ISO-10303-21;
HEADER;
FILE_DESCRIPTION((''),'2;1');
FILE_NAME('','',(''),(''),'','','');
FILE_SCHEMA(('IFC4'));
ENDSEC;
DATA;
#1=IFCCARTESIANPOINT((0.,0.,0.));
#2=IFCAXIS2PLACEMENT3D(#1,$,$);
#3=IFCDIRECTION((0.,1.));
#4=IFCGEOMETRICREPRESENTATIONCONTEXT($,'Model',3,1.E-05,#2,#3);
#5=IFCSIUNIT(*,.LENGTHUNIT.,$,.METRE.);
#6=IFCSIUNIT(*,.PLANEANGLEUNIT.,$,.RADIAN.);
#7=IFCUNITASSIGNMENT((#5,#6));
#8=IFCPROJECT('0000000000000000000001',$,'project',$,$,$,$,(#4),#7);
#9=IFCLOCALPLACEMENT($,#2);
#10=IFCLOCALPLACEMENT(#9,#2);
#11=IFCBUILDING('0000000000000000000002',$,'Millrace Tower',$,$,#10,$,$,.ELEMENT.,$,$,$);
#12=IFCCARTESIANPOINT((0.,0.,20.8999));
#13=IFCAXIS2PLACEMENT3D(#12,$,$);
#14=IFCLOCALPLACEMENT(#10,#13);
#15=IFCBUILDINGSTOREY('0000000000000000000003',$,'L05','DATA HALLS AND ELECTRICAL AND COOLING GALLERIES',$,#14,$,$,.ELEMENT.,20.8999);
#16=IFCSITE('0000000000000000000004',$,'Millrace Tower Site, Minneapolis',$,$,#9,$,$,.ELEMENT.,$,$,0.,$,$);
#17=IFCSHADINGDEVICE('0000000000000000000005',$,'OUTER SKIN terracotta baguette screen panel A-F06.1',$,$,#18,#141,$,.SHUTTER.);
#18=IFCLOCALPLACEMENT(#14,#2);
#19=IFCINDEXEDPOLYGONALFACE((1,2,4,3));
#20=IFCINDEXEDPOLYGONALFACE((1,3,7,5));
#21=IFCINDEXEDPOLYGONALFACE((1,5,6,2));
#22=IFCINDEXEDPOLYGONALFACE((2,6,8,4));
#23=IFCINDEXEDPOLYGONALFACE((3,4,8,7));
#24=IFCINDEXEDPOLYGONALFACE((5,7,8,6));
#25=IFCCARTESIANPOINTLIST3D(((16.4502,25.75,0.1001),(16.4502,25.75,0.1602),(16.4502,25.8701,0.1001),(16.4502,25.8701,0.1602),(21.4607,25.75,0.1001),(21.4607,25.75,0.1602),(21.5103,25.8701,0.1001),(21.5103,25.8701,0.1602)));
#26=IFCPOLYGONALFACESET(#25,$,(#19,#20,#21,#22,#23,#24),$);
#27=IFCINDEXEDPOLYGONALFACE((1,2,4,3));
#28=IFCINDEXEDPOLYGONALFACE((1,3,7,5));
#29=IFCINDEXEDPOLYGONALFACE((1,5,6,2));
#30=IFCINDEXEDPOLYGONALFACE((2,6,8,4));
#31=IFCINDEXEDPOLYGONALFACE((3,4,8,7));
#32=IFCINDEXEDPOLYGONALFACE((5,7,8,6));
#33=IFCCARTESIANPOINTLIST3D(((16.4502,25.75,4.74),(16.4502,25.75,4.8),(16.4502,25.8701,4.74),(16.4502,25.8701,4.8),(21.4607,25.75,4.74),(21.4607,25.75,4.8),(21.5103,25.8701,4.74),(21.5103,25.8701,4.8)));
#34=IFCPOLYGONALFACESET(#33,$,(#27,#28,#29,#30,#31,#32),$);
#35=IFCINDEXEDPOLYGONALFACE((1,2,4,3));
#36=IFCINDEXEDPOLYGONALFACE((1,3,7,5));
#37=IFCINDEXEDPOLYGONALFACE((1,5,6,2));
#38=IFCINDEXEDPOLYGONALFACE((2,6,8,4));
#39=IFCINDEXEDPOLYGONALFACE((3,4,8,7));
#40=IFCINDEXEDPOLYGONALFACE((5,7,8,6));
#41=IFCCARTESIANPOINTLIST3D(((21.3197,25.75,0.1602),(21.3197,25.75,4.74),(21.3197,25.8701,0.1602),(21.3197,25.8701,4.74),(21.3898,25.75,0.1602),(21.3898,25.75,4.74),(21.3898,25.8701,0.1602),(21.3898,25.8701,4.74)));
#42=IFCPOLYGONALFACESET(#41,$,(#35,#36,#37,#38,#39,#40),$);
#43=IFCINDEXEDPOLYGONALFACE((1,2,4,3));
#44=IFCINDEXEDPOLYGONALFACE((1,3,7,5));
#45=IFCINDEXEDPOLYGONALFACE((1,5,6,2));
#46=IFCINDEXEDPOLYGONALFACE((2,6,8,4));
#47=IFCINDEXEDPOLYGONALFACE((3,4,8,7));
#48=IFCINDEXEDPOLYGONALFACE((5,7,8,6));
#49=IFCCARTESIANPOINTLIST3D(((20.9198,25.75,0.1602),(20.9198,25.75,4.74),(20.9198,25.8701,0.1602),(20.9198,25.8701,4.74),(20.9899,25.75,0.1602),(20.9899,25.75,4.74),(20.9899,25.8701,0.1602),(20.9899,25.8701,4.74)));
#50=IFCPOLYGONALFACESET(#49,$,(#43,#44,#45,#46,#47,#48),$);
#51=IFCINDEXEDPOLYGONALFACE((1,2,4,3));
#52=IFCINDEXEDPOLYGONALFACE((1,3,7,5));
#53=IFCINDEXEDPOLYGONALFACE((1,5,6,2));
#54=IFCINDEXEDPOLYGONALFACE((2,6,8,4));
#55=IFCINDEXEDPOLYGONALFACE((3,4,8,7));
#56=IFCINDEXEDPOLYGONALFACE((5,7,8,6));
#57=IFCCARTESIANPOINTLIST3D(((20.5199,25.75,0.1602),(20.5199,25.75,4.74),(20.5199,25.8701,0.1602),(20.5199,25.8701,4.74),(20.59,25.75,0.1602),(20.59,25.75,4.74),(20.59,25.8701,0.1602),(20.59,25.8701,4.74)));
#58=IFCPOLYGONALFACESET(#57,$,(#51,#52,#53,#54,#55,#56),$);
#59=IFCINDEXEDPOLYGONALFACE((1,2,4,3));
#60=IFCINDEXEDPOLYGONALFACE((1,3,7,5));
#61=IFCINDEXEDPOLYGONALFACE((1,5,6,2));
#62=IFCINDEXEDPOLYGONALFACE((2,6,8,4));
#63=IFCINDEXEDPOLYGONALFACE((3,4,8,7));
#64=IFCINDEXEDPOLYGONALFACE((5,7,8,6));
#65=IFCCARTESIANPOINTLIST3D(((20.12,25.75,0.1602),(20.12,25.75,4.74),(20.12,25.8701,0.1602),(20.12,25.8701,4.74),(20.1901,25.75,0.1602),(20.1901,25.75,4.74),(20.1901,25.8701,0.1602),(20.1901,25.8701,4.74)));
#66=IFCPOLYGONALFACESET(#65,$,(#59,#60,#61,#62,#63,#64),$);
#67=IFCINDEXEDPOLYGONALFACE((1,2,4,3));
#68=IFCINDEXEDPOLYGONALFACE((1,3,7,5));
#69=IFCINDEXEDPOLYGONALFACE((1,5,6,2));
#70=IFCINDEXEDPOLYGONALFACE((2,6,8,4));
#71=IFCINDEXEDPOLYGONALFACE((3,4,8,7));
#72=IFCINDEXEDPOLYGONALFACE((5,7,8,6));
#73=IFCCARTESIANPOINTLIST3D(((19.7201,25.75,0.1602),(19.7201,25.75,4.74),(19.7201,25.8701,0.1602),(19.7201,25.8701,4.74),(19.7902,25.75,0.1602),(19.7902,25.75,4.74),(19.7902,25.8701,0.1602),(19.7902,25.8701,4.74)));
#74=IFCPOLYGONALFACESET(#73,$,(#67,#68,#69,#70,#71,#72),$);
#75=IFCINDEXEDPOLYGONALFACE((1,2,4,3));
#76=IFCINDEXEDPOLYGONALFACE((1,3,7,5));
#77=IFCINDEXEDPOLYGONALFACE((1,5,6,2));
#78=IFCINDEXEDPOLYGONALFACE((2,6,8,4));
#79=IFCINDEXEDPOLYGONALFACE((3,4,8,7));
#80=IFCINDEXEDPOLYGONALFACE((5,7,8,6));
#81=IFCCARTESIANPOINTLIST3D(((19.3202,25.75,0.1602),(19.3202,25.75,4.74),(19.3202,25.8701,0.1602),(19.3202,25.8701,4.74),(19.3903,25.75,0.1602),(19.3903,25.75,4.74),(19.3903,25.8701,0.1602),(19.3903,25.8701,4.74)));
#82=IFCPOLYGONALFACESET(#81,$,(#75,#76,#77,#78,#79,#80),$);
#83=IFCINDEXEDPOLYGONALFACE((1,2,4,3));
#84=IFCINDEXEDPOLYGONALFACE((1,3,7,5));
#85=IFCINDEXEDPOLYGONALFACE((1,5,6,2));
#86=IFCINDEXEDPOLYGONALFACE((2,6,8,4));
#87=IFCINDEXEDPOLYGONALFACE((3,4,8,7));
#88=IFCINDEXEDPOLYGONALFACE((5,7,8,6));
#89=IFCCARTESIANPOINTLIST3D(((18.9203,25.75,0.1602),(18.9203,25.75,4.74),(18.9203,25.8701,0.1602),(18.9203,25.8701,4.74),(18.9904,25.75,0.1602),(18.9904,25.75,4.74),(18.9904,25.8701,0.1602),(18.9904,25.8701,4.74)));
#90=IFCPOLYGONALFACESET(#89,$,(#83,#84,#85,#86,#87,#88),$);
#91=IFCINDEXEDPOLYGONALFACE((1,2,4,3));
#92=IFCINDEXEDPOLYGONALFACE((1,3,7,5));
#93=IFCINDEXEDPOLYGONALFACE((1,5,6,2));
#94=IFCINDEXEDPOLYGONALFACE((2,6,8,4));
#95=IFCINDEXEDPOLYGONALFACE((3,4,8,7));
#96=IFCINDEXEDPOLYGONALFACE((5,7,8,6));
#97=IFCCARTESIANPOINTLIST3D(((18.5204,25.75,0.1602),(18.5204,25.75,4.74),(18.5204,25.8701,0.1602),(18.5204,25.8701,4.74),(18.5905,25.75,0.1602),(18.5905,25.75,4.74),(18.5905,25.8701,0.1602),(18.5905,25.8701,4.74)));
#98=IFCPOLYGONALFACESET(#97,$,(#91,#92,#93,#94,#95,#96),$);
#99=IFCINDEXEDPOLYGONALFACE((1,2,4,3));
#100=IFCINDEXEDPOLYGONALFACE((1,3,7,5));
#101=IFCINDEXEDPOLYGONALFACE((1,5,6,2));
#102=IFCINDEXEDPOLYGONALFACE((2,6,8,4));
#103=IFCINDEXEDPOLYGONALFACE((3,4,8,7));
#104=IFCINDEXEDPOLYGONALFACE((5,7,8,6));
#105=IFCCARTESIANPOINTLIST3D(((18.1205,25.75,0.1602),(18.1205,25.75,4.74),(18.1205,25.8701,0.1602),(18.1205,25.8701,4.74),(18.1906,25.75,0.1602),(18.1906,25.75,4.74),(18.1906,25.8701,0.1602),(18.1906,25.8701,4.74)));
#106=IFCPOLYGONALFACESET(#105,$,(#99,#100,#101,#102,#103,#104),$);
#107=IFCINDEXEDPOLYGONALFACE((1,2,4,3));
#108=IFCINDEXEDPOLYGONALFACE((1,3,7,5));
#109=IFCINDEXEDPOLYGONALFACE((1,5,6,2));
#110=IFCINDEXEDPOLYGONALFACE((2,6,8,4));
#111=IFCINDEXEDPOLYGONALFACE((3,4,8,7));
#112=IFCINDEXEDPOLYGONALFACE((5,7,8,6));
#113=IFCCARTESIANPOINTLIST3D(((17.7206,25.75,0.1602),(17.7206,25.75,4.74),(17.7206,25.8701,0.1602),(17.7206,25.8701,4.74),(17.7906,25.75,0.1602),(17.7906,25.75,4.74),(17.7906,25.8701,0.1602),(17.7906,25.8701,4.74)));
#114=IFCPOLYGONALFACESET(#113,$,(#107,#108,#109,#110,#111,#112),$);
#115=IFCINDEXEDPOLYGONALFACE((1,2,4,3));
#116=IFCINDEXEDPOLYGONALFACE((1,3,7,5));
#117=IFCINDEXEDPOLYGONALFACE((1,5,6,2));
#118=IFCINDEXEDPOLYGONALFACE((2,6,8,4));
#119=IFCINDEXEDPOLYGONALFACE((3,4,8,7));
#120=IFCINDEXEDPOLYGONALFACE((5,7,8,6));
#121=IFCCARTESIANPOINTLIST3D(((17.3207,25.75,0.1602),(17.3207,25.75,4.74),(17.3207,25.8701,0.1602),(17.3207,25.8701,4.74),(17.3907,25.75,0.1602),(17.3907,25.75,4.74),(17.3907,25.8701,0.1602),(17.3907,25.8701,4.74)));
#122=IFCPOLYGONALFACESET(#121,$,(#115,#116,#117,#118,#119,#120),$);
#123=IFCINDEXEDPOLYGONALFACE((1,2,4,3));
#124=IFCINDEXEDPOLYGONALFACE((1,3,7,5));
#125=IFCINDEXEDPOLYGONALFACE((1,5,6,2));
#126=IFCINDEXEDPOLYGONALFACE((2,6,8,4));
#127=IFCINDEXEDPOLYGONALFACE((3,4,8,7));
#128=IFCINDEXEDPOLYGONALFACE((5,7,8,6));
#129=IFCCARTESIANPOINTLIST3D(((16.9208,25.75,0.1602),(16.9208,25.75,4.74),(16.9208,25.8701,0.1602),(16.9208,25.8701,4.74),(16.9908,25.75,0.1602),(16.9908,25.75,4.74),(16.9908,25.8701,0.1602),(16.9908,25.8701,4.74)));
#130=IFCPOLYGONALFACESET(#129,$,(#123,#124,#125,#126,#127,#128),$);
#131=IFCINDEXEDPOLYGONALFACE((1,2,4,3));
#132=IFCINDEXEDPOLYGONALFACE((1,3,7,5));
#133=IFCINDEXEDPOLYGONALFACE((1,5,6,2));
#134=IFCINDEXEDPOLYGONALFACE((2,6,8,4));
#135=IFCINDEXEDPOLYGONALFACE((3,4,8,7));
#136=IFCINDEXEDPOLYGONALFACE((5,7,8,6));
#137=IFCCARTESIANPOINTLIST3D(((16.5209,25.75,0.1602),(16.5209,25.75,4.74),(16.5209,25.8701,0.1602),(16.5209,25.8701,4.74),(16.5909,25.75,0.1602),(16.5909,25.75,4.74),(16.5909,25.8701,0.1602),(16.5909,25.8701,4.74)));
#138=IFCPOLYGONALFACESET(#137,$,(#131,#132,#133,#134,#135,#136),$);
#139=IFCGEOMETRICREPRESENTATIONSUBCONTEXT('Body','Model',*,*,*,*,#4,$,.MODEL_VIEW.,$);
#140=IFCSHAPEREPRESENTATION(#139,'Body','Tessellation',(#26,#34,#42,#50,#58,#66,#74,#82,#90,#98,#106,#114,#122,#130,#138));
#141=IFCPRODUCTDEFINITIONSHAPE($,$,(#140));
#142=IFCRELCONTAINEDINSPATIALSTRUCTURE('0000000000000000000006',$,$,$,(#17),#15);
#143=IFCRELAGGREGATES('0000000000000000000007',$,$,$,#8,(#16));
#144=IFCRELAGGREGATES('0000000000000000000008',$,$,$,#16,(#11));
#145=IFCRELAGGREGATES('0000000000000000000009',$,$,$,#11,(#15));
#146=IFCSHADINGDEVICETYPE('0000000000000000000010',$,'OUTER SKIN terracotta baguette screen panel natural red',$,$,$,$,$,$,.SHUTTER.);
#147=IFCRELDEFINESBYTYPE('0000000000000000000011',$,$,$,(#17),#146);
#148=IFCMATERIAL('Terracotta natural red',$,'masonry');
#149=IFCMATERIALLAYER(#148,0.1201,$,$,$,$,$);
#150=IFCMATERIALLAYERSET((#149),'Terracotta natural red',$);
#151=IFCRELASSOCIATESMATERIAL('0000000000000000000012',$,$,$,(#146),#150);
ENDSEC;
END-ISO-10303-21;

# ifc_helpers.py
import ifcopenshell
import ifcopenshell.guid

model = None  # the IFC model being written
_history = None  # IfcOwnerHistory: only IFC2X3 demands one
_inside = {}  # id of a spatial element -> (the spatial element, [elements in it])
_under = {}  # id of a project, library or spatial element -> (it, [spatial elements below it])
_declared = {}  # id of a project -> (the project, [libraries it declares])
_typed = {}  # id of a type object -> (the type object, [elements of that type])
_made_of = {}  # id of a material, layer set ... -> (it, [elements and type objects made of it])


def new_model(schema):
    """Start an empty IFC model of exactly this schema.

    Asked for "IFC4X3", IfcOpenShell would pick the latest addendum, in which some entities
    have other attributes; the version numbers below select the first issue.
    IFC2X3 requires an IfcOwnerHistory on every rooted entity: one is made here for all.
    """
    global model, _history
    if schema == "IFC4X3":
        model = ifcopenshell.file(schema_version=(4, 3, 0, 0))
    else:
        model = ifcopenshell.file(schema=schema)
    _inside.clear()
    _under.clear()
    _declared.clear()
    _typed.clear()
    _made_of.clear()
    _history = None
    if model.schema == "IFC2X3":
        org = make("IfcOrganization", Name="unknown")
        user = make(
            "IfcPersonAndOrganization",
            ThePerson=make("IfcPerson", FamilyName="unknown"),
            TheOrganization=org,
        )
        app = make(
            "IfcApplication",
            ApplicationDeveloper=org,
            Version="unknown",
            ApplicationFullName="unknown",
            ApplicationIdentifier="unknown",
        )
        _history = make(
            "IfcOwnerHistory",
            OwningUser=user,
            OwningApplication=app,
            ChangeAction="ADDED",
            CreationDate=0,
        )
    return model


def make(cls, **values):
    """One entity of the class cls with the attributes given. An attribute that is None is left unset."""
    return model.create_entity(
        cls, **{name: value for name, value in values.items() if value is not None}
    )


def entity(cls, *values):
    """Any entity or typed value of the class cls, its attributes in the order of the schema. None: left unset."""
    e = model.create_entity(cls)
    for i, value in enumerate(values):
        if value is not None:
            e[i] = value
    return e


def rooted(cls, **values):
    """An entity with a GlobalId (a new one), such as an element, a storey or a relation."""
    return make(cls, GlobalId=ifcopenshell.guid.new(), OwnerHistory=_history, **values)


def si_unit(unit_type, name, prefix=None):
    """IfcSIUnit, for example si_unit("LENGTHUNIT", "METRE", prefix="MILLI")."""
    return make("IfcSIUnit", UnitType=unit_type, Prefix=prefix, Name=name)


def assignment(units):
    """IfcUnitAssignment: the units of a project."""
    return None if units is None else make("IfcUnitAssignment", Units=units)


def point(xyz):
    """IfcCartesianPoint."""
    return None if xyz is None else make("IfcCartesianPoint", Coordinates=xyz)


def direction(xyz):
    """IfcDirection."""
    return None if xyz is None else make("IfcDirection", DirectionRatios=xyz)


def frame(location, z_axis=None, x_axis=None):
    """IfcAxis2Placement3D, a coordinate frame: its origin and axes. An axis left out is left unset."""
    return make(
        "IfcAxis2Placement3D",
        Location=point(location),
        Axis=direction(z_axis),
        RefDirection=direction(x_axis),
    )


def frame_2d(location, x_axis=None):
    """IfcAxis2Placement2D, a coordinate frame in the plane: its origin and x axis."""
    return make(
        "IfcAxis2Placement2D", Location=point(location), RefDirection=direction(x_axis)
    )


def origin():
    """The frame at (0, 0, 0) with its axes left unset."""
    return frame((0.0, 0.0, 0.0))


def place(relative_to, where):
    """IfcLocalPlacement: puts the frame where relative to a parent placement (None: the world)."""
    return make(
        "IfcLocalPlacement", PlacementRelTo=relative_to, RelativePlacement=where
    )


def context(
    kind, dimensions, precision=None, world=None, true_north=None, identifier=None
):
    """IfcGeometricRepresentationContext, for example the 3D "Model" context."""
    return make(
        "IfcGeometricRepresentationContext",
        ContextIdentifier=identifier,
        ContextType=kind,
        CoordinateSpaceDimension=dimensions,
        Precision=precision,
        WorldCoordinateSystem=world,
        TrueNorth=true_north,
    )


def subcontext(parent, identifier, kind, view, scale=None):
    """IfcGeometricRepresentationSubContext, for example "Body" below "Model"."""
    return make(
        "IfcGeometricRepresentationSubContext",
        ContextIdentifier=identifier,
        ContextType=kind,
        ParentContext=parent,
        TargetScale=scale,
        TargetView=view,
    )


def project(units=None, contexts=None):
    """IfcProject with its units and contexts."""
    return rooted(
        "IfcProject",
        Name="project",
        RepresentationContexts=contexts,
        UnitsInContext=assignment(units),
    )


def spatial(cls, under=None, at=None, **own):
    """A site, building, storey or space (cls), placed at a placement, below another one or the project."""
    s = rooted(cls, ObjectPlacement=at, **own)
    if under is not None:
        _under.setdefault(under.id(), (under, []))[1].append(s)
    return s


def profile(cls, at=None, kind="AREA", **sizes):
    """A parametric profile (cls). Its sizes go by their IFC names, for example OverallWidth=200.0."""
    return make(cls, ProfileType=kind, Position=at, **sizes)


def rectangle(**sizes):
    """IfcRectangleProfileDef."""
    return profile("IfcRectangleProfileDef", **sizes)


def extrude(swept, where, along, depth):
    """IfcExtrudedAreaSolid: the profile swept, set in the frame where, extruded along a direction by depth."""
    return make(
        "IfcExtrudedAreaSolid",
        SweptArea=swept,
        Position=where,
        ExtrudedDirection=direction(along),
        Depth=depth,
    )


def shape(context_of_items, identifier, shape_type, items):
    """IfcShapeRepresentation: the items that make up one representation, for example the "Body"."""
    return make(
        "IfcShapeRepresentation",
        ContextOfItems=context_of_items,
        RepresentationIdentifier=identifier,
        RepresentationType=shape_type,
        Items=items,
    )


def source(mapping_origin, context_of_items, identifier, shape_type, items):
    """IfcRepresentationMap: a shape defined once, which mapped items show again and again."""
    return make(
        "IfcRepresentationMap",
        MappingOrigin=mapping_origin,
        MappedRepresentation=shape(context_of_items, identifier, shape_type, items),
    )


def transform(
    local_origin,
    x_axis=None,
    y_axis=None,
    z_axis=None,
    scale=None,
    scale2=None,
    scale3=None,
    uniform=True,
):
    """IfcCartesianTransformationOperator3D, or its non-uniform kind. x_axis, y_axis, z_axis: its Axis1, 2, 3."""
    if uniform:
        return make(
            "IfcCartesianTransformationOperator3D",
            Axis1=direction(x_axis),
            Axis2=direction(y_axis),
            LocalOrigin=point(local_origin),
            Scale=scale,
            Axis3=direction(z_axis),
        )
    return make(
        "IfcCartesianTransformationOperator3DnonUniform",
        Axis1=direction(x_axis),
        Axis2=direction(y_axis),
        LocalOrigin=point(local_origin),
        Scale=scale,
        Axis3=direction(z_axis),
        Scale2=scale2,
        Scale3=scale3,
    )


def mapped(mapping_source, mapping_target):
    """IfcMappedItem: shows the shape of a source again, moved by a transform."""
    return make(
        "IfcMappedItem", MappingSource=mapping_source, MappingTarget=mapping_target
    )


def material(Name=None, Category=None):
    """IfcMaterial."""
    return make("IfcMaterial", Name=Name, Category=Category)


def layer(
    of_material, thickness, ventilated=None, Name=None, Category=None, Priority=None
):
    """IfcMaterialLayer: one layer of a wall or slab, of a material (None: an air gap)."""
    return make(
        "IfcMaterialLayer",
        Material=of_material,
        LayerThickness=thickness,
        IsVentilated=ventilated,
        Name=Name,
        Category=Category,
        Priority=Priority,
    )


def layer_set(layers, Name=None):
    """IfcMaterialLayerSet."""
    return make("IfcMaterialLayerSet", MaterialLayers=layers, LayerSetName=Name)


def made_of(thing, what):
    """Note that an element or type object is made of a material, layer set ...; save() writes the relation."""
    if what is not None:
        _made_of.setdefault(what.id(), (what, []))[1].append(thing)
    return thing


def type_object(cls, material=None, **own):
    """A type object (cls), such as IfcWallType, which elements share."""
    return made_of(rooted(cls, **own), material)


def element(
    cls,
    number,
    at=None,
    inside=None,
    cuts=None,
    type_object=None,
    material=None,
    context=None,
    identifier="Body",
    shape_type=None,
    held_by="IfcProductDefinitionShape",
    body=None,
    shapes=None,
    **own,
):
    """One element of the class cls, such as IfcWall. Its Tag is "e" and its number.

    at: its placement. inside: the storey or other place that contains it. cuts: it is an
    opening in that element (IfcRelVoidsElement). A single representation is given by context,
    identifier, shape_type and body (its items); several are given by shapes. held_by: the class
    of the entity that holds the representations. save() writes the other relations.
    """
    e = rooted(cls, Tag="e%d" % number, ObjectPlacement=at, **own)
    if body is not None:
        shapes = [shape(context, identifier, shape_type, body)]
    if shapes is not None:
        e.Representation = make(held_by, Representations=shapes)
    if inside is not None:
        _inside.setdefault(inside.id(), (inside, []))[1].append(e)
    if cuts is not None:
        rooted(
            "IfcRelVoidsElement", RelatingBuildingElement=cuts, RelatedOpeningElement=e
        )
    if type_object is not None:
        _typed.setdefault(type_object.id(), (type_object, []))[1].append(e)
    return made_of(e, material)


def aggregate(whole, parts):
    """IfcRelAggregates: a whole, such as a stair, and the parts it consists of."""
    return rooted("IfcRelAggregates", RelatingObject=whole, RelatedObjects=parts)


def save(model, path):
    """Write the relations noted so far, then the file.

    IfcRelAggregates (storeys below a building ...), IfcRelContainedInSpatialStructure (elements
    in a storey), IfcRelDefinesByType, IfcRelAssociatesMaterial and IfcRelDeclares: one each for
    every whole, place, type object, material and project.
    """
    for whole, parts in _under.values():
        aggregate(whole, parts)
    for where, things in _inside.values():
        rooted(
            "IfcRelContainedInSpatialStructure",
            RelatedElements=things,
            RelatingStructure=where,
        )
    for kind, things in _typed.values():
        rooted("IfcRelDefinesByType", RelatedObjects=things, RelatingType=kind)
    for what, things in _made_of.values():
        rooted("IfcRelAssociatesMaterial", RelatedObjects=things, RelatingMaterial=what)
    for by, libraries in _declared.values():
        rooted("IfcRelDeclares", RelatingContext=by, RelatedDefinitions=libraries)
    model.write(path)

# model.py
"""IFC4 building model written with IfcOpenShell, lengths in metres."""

from ifc_helpers import new_model, entity, si_unit, direction, frame, frame_2d, origin, place, context, subcontext, project, spatial, rectangle, extrude, source, transform, mapped, material, layer, layer_set, type_object, element, save


model = new_model("IFC4")

# Units and contexts
model_context = context("Model", 3, precision=1e-05, world=origin(), true_north=direction((0.0, 1.0)))
body_context = subcontext(model_context, "Body", "Model", "MODEL_VIEW")
ifc_project = project(units=[si_unit("LENGTHUNIT", "METRE"), si_unit("PLANEANGLEUNIT", "RADIAN")], contexts=[model_context])

# Site, building, storey
site_placement = place(None, origin())
site = spatial("IfcSite", under=ifc_project, at=site_placement, Name="Millrace Tower Site, Minneapolis", CompositionType="ELEMENT", RefElevation=0.0)
building_placement = place(site_placement, origin())
building = spatial("IfcBuilding", under=site, at=building_placement, Name="Millrace Tower", CompositionType="ELEMENT")
storey_placement = place(building_placement, frame((0.0, 0.0, 20.8999)))
storey = spatial("IfcBuildingStorey", under=building, at=storey_placement, Name="L05", Description="DATA HALLS AND ELECTRICAL AND COOLING GALLERIES", CompositionType="ELEMENT", Elevation=20.8999)

# Shading device
ifc_material_1 = material(Name="Terracotta natural red", Category="masonry")
ifc_layer_1 = layer(ifc_material_1, 0.1201)
ifc_layer_set_1 = layer_set([ifc_layer_1], Name="Terracotta natural red")
shading_device_type_1 = type_object("IfcShadingDeviceType", Name="OUTER SKIN terracotta baguette screen panel natural red", PredefinedType="SHUTTER", material=ifc_layer_set_1)
cartesian_point_1 = entity("IfcCartesianPoint", [-2.4929, 0.0601])
shared_polyline_1 = entity("IfcPolyline", [cartesian_point_1, entity("IfcCartesianPoint", [2.5176, 0.0601]), entity("IfcCartesianPoint", [2.5176, -0.0601]), entity("IfcCartesianPoint", [-2.5425, -0.0601]), cartesian_point_1])
shared_shape_1 = source(origin(), body_context, "Body", "SweptSolid", [
    entity("IfcExtrudedAreaSolid", entity("IfcArbitraryClosedProfileDef", "AREA", None, shared_polyline_1), entity("IfcAxis2Placement3D", entity("IfcCartesianPoint", [0.0, 0.0, 0.0])), entity("IfcDirection", [0.0, 0.0, 1.0]), 0.0601),
    entity("IfcExtrudedAreaSolid", entity("IfcArbitraryClosedProfileDef", "AREA", None, shared_polyline_1), entity("IfcAxis2Placement3D", entity("IfcCartesianPoint", [0.0, 0.0, 4.6399])), entity("IfcDirection", [0.0, 0.0, 1.0]), 0.0601),
    extrude(rectangle(XDim=0.0701, YDim=0.1201, at=frame_2d((-2.387, 0.0))), frame((0.0, 0.0, 0.0601)), (0.0, 0.0, 1.0), 4.5798),
    extrude(rectangle(XDim=0.0701, YDim=0.1201, at=frame_2d((-1.9871, 0.0))), frame((0.0, 0.0, 0.0601)), (0.0, 0.0, 1.0), 4.5798),
    extrude(rectangle(XDim=0.0701, YDim=0.1201, at=frame_2d((-1.5872, 0.0))), frame((0.0, 0.0, 0.0601)), (0.0, 0.0, 1.0), 4.5798),
    extrude(rectangle(XDim=0.0701, YDim=0.1201, at=frame_2d((-1.1873, 0.0))), frame((0.0, 0.0, 0.0601)), (0.0, 0.0, 1.0), 4.5798),
    extrude(rectangle(XDim=0.0701, YDim=0.1201, at=frame_2d((-0.7874, 0.0))), frame((0.0, 0.0, 0.0601)), (0.0, 0.0, 1.0), 4.5798),
    extrude(rectangle(XDim=0.0701, YDim=0.1201, at=frame_2d((-0.3875, 0.0))), frame((0.0, 0.0, 0.0601)), (0.0, 0.0, 1.0), 4.5798),
    extrude(rectangle(XDim=0.0701, YDim=0.1201, at=frame_2d((0.0125, 0.0))), frame((0.0, 0.0, 0.0601)), (0.0, 0.0, 1.0), 4.5798),
    extrude(rectangle(XDim=0.0701, YDim=0.1201, at=frame_2d((0.4124, 0.0))), frame((0.0, 0.0, 0.0601)), (0.0, 0.0, 1.0), 4.5798),
    extrude(rectangle(XDim=0.0701, YDim=0.1201, at=frame_2d((0.8123, 0.0))), frame((0.0, 0.0, 0.0601)), (0.0, 0.0, 1.0), 4.5798),
    extrude(rectangle(XDim=0.0701, YDim=0.1201, at=frame_2d((1.2122, 0.0))), frame((0.0, 0.0, 0.0601)), (0.0, 0.0, 1.0), 4.5798),
    extrude(rectangle(XDim=0.0701, YDim=0.1201, at=frame_2d((1.6121, 0.0))), frame((0.0, 0.0, 0.0601)), (0.0, 0.0, 1.0), 4.5798),
    extrude(rectangle(XDim=0.0701, YDim=0.1201, at=frame_2d((2.012, 0.0))), frame((0.0, 0.0, 0.0601)), (0.0, 0.0, 1.0), 4.5798),
    extrude(rectangle(XDim=0.0701, YDim=0.1201, at=frame_2d((2.4119, 0.0))), frame((0.0, 0.0, 0.0601)), (0.0, 0.0, 1.0), 4.5798),
])
shading_device_1_placement = place(storey_placement, frame((18.9678, 25.8101, 0.1001), z_axis=(0.0, 0.0, 1.0), x_axis=(-1.0, 0.0, 0.0)))
element("IfcShadingDevice", 1, at=shading_device_1_placement, inside=storey, type_object=shading_device_type_1, Name="OUTER SKIN terracotta baguette screen panel A-F06.1", PredefinedType="SHUTTER", context=body_context, shape_type="MappedRepresentation", body=[
    mapped(shared_shape_1, transform((0.0, 0.0, 0.0), scale=1.0)),
])

save(model, "model.ifc")
